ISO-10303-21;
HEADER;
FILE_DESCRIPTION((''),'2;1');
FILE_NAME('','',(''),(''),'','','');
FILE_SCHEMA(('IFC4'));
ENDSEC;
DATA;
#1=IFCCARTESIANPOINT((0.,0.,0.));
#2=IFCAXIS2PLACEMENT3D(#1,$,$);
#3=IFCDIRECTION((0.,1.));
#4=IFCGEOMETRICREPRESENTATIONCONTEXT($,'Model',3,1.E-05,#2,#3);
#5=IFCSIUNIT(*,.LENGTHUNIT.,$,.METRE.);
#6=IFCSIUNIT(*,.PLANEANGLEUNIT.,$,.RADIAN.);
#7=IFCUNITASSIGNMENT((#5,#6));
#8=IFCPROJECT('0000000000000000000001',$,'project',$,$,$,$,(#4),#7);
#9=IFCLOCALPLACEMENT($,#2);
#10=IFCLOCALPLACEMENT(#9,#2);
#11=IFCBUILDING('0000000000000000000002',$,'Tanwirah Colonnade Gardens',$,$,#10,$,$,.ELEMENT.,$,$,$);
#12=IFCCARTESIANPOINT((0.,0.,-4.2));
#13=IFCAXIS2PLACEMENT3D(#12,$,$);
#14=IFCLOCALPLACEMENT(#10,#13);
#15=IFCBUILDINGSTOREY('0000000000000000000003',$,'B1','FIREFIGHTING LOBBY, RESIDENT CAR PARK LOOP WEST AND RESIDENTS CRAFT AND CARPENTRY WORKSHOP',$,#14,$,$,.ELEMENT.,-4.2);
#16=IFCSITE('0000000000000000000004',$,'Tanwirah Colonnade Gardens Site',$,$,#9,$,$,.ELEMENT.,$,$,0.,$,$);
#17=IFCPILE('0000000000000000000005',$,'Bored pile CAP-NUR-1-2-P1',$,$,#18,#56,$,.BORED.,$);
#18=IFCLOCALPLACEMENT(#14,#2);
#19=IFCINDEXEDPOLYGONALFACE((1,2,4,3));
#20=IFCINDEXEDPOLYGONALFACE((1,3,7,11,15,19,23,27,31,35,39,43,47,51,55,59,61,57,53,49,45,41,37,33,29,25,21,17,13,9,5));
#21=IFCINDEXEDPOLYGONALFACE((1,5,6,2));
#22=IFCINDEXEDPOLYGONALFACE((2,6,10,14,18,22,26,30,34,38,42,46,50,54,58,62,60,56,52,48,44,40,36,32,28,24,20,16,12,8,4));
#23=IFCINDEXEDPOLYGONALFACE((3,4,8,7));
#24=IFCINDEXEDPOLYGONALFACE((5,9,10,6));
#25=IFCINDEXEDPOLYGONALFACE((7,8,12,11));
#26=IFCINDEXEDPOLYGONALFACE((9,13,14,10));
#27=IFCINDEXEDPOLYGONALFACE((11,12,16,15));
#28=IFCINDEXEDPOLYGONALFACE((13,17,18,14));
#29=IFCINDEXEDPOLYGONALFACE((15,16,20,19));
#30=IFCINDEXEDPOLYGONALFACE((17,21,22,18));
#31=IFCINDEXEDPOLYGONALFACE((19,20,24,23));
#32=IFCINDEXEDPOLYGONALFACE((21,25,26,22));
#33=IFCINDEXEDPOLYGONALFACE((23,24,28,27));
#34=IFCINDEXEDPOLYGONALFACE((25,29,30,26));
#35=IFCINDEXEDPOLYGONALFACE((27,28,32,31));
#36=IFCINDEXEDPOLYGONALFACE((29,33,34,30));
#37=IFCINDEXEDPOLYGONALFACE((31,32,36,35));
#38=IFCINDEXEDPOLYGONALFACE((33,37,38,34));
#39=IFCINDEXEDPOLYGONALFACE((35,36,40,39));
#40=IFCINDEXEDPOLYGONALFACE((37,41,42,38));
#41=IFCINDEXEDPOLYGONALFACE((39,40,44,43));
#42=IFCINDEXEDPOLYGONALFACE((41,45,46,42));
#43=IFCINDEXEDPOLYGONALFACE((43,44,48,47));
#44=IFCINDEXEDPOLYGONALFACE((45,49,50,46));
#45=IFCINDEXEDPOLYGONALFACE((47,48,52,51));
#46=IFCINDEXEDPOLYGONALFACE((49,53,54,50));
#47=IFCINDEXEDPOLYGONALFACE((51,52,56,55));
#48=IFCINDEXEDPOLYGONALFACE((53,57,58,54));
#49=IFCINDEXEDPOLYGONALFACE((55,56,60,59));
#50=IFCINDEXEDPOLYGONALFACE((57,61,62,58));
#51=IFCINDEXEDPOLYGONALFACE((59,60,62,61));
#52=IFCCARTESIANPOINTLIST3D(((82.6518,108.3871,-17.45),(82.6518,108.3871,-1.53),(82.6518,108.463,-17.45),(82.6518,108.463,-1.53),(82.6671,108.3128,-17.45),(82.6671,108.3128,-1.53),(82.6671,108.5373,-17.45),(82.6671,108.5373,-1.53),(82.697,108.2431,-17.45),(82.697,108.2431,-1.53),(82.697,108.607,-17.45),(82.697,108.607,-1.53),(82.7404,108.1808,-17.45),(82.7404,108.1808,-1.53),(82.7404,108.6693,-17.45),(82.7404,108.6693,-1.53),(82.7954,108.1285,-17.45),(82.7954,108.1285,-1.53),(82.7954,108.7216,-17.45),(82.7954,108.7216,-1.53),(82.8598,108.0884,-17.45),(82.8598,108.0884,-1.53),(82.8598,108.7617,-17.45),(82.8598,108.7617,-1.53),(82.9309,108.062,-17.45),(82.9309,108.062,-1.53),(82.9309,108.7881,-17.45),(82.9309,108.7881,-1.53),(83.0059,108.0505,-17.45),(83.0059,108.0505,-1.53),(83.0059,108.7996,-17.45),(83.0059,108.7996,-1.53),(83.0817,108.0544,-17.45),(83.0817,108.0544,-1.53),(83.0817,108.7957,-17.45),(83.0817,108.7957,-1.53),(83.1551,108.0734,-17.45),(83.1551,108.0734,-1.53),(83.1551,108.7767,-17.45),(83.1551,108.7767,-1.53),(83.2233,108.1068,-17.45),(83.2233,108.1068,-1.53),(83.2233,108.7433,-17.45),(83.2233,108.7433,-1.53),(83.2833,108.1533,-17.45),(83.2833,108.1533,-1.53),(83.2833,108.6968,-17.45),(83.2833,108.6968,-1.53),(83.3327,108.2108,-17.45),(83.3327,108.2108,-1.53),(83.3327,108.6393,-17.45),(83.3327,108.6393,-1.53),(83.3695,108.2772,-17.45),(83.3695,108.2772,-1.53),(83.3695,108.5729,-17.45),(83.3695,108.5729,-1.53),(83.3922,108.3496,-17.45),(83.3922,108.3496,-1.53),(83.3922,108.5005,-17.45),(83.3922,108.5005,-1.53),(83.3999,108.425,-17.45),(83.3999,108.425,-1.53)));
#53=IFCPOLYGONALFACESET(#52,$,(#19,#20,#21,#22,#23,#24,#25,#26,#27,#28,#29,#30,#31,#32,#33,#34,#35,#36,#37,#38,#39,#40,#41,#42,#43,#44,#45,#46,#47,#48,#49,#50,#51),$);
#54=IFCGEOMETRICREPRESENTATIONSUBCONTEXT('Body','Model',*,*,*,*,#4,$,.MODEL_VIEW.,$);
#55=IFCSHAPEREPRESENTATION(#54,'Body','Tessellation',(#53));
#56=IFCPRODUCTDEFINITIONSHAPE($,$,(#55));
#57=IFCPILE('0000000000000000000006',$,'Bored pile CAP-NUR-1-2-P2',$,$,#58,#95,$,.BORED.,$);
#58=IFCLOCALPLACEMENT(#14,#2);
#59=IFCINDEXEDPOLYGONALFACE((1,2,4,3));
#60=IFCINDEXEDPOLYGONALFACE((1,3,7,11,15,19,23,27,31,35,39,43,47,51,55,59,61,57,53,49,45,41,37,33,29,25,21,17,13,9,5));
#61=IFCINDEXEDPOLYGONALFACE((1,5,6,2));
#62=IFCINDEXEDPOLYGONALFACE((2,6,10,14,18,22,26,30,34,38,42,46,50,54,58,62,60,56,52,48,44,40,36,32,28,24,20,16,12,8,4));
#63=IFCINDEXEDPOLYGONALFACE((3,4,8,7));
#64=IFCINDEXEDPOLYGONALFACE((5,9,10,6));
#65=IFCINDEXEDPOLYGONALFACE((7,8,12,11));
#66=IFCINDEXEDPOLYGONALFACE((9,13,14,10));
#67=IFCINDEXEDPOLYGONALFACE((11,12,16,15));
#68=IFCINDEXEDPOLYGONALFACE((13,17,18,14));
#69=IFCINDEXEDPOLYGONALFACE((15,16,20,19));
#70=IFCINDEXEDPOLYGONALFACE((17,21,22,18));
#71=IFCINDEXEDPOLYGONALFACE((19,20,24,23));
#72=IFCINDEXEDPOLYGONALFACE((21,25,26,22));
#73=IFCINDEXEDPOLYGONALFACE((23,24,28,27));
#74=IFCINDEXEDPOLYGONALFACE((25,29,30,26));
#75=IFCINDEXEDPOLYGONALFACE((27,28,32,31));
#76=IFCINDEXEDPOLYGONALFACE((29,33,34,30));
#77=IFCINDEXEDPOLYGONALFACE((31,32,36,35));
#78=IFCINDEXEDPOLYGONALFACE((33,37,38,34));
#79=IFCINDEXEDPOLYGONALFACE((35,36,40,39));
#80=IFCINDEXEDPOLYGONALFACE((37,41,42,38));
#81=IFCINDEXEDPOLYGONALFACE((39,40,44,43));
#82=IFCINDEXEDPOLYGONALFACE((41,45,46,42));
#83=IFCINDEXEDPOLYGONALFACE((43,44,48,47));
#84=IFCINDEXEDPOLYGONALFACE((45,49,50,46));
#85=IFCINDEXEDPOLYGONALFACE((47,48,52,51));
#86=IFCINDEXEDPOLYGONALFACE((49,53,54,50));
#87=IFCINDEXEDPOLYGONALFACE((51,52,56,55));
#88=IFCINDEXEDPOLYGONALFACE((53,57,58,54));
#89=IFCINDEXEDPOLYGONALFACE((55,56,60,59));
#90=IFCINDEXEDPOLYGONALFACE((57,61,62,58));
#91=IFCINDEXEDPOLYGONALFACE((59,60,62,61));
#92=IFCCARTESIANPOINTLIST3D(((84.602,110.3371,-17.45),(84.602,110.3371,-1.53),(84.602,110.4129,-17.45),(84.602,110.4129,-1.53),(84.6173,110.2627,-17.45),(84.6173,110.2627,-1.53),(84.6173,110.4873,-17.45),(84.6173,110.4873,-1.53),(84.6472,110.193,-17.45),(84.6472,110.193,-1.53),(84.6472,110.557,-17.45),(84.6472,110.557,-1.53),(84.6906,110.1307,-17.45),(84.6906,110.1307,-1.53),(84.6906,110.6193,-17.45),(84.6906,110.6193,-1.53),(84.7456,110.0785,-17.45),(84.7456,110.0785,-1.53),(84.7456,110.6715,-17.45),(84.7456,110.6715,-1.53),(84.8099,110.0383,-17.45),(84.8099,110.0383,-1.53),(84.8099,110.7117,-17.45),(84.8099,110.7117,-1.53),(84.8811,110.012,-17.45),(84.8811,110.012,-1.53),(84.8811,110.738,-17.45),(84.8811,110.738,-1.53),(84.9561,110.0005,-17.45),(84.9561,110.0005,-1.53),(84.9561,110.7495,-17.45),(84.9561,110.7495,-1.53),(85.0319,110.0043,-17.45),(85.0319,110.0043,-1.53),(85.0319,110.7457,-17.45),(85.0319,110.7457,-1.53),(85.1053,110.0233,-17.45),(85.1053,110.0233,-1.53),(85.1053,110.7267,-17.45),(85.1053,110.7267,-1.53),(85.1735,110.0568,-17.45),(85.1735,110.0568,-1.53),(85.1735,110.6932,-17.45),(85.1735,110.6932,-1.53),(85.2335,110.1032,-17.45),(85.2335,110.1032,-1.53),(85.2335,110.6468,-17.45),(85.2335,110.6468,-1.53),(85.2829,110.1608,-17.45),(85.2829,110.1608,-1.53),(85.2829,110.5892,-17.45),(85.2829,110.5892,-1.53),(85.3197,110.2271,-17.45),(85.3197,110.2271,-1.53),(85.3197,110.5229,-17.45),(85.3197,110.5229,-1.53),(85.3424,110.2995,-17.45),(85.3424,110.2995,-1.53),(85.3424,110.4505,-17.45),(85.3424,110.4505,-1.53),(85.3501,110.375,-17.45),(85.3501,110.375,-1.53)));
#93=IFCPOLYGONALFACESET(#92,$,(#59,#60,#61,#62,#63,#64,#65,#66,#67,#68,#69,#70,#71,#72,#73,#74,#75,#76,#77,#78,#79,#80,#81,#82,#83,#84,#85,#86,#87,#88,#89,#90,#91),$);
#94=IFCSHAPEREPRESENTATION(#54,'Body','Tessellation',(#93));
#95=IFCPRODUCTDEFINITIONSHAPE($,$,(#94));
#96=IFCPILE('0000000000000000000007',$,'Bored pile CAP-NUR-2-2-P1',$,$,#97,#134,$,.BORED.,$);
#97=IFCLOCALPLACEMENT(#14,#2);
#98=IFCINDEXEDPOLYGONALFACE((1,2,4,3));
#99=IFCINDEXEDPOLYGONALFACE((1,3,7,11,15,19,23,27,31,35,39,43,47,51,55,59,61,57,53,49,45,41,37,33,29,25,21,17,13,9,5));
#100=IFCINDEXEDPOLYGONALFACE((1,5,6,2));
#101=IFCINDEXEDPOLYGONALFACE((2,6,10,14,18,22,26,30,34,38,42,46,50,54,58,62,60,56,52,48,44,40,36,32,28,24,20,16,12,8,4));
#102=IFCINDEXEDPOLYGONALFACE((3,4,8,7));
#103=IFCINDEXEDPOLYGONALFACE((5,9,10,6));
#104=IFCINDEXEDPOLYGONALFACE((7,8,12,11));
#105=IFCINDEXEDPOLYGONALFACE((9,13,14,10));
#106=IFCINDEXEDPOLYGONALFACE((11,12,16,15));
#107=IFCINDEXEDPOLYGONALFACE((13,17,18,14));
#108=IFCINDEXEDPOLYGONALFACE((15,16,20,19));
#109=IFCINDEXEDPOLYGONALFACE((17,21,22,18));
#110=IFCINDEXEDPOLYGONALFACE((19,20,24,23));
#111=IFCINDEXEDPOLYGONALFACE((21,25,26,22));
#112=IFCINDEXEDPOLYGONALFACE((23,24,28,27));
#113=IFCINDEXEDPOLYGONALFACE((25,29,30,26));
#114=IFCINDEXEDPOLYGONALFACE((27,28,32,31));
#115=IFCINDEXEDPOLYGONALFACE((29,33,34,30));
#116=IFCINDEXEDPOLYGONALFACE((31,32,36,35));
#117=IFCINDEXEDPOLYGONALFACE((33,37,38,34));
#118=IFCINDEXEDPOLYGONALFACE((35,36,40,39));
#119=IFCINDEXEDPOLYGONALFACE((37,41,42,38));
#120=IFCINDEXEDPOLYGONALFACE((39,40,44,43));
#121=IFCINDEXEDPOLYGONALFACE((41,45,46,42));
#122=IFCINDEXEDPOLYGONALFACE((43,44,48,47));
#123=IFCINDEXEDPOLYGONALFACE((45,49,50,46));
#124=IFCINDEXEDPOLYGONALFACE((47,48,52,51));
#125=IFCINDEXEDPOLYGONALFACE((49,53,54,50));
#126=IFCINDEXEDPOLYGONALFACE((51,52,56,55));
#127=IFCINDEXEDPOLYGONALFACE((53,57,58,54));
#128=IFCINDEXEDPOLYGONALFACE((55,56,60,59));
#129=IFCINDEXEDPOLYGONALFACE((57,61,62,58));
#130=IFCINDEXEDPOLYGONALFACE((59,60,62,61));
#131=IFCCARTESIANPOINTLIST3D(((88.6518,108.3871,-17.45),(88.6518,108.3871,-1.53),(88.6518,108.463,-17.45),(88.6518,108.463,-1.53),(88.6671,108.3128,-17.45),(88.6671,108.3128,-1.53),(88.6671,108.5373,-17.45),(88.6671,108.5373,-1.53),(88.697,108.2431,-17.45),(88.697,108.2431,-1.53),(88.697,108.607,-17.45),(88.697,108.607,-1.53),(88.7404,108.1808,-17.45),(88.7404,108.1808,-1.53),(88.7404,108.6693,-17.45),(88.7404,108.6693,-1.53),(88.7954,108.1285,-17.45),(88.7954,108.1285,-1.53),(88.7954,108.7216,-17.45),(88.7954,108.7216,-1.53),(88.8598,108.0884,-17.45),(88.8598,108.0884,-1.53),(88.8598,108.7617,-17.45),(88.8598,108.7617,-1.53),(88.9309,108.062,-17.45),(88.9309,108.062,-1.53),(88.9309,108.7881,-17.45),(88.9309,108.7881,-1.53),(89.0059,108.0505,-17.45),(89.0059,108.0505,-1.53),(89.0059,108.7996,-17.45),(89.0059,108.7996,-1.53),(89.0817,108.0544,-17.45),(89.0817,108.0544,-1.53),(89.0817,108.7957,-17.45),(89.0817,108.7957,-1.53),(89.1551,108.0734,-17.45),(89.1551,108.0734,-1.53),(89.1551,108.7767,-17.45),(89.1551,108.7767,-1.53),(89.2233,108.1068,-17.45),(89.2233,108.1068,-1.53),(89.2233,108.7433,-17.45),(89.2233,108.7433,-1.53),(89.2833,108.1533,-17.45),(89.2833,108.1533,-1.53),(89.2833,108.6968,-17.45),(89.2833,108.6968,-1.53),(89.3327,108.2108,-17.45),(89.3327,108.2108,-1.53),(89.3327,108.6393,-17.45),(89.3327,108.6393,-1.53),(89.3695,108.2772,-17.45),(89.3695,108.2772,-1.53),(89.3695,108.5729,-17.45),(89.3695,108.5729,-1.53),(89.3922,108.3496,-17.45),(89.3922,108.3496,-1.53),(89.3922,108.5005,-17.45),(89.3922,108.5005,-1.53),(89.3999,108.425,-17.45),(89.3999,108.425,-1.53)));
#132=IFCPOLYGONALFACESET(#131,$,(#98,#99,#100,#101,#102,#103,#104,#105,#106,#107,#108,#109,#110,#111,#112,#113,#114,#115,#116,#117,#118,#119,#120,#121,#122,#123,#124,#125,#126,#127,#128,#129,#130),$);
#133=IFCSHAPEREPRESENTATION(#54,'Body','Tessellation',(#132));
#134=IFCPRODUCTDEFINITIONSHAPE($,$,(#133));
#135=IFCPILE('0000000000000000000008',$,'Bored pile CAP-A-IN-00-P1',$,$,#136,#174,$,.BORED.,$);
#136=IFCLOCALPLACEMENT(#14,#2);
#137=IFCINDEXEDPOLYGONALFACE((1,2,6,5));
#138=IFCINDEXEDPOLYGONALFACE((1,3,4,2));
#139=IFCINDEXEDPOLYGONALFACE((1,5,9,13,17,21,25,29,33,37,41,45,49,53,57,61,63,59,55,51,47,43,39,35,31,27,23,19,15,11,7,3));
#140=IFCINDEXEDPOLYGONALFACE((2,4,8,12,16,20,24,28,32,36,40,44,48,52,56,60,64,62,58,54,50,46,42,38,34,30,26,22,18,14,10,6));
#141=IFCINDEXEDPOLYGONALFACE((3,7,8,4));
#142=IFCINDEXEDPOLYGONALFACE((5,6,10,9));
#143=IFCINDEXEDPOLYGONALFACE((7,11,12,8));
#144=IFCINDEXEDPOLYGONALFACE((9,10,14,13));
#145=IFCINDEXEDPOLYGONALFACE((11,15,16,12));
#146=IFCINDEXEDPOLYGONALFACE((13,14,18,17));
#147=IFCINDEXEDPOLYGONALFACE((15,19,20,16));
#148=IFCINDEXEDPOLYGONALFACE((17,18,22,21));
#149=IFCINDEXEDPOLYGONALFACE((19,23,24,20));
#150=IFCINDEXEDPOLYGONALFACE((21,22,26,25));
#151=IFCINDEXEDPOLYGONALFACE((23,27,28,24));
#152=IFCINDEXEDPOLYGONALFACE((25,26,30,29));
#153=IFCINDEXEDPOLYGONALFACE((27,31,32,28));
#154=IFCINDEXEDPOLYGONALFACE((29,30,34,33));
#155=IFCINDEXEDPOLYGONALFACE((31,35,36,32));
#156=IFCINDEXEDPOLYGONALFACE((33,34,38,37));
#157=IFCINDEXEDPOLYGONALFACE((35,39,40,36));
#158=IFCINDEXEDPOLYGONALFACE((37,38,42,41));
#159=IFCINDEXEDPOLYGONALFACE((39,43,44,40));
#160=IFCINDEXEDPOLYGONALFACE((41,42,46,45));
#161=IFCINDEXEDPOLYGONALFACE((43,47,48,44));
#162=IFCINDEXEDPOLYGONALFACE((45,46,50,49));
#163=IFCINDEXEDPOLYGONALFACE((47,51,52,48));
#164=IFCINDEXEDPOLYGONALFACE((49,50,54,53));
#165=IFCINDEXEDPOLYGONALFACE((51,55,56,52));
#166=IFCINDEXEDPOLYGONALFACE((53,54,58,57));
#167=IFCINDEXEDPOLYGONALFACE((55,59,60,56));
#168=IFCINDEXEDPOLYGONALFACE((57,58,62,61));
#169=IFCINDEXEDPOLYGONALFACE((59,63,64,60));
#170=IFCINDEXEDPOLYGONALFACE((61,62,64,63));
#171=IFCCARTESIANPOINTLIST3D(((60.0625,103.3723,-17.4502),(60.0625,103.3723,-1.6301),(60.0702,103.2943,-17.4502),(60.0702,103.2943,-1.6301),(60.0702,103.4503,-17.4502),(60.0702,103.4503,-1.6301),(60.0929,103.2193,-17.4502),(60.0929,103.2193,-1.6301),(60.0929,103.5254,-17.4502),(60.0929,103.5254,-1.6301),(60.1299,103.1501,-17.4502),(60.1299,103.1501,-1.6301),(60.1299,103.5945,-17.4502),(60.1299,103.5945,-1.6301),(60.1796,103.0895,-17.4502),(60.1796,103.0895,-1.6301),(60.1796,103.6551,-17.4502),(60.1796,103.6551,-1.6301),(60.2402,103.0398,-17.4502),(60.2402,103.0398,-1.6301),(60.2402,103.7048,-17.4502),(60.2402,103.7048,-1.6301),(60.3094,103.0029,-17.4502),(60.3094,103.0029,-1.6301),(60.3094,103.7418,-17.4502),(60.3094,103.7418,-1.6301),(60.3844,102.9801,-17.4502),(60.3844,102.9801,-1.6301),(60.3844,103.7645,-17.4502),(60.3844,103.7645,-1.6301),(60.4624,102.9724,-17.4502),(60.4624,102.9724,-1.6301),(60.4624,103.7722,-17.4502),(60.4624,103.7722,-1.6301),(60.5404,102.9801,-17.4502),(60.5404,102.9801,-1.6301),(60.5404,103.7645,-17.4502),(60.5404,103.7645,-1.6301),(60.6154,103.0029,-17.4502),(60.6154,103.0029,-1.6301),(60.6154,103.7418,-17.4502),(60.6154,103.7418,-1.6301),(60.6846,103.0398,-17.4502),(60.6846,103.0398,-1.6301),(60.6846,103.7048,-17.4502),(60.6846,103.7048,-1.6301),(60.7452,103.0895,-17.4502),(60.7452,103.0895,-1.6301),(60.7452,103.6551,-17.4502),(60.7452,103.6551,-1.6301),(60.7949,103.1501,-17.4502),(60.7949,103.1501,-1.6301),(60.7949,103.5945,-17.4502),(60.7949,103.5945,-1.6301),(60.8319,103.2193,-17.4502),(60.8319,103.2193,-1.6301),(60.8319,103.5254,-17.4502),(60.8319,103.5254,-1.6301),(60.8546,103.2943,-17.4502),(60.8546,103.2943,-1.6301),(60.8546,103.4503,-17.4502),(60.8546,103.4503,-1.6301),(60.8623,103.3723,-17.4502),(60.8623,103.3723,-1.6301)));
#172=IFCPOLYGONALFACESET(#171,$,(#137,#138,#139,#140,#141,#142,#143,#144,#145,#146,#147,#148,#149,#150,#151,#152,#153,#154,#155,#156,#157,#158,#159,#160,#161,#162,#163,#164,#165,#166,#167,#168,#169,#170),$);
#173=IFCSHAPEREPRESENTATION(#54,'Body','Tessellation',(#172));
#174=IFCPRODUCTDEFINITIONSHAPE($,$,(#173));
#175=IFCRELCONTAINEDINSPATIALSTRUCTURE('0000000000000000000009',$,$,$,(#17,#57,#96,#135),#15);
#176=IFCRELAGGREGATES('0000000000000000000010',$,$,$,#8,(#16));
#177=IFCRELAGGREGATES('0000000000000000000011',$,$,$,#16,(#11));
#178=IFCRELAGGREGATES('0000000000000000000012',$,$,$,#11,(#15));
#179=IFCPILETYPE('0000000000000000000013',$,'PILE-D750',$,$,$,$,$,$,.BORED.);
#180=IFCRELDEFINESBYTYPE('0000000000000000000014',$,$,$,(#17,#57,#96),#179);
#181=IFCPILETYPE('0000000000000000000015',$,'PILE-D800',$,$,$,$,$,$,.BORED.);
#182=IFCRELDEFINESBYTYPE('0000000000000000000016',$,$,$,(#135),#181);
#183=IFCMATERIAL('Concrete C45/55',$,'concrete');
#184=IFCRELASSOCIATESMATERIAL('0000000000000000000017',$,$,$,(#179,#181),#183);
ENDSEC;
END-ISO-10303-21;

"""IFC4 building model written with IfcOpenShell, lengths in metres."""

from ifc_helpers import new_model, si_unit, direction, frame, origin, origin_2d, place, context, subcontext, project, spatial, circle, extrude, material, material_profile, profile_set, type_object, element, save


model = new_model("IFC4")

# Units and contexts
model_context = context("Model", 3, precision=1e-05, world=origin(), true_north=direction((0.0, 1.0)))
body_context = subcontext(model_context, "Body", "Model", "MODEL_VIEW")
ifc_project = project(units=[si_unit("LENGTHUNIT", "METRE"), si_unit("PLANEANGLEUNIT", "RADIAN")], contexts=[model_context])

# Site, building, storey
site_placement = place(None, origin())
site = spatial("IfcSite", under=ifc_project, at=site_placement, Name="Tanwirah Colonnade Gardens Site", CompositionType="ELEMENT", RefElevation=0.0)
building_placement = place(site_placement, origin())
building = spatial("IfcBuilding", under=site, at=building_placement, Name="Tanwirah Colonnade Gardens", CompositionType="ELEMENT")
storey_placement = place(building_placement, frame((0.0, 0.0, -4.2)))
storey = spatial("IfcBuildingStorey", under=building, at=storey_placement, Name="B1", Description="FIREFIGHTING LOBBY, RESIDENT CAR PARK LOOP WEST AND RESIDENTS CRAFT AND CARPENTRY WORKSHOP", CompositionType="ELEMENT", Elevation=-4.2)

# Shared definitions
ifc_material_1 = material(Name="Concrete C45/55", Category="concrete")

# Piles
ifc_material_profile_1 = material_profile(ifc_material_1, circle(Radius=0.375, at=origin_2d()), Name="PILE D750")
ifc_profile_set_1 = profile_set([ifc_material_profile_1], Name="Concrete C45/55")
pile_type_1 = type_object("IfcPileType", Name="PILE-D750", PredefinedType="BORED", material=ifc_profile_set_1)
for number, where, z_axis, x_axis, name in (
    (1, (83.0249, 108.425, -1.53), (0.0, 0.0, -1.0), (1.0, 0.0, 0.0), "Bored pile CAP-NUR-1-2-P1"),
    (2, (84.9751, 110.375, -1.53), (0.0, 0.0, -1.0), (1.0, 0.0, 0.0), "Bored pile CAP-NUR-1-2-P2"),
    (3, (89.0249, 108.425, -1.53), (0.0, 0.0, -1.0), (1.0, 0.0, 0.0), "Bored pile CAP-NUR-2-2-P1"),
):
    element("IfcPile", number, at=place(storey_placement, frame(where, z_axis=z_axis, x_axis=x_axis)), inside=storey, type_object=pile_type_1, Name=name, PredefinedType="BORED", context=body_context, shape_type="SweptSolid", body=[
        extrude(circle(Radius=0.375, at=origin_2d()), origin(), (0.0, 0.0, 1.0), 15.9199),
    ])
ifc_material_profile_2 = material_profile(ifc_material_1, circle(Radius=0.3999, at=origin_2d()), Name="PILE D800")
ifc_profile_set_2 = profile_set([ifc_material_profile_2], Name="Concrete C45/55")
pile_type_2 = type_object("IfcPileType", Name="PILE-D800", PredefinedType="BORED", material=ifc_profile_set_2)
for number, where, z_axis, x_axis, name in (
    (4, (60.4624, 103.3723, -1.6301), (0.0, 0.0, -1.0), (1.0, 0.0, 0.0), "Bored pile CAP-A-IN-00-P1"),
):
    element("IfcPile", number, at=place(storey_placement, frame(where, z_axis=z_axis, x_axis=x_axis)), inside=storey, type_object=pile_type_2, Name=name, PredefinedType="BORED", context=body_context, shape_type="SweptSolid", body=[
        extrude(circle(Radius=0.3999, at=origin_2d()), origin(), (0.0, 0.0, 1.0), 15.8201),
    ])

save(model, "model.ifc")
